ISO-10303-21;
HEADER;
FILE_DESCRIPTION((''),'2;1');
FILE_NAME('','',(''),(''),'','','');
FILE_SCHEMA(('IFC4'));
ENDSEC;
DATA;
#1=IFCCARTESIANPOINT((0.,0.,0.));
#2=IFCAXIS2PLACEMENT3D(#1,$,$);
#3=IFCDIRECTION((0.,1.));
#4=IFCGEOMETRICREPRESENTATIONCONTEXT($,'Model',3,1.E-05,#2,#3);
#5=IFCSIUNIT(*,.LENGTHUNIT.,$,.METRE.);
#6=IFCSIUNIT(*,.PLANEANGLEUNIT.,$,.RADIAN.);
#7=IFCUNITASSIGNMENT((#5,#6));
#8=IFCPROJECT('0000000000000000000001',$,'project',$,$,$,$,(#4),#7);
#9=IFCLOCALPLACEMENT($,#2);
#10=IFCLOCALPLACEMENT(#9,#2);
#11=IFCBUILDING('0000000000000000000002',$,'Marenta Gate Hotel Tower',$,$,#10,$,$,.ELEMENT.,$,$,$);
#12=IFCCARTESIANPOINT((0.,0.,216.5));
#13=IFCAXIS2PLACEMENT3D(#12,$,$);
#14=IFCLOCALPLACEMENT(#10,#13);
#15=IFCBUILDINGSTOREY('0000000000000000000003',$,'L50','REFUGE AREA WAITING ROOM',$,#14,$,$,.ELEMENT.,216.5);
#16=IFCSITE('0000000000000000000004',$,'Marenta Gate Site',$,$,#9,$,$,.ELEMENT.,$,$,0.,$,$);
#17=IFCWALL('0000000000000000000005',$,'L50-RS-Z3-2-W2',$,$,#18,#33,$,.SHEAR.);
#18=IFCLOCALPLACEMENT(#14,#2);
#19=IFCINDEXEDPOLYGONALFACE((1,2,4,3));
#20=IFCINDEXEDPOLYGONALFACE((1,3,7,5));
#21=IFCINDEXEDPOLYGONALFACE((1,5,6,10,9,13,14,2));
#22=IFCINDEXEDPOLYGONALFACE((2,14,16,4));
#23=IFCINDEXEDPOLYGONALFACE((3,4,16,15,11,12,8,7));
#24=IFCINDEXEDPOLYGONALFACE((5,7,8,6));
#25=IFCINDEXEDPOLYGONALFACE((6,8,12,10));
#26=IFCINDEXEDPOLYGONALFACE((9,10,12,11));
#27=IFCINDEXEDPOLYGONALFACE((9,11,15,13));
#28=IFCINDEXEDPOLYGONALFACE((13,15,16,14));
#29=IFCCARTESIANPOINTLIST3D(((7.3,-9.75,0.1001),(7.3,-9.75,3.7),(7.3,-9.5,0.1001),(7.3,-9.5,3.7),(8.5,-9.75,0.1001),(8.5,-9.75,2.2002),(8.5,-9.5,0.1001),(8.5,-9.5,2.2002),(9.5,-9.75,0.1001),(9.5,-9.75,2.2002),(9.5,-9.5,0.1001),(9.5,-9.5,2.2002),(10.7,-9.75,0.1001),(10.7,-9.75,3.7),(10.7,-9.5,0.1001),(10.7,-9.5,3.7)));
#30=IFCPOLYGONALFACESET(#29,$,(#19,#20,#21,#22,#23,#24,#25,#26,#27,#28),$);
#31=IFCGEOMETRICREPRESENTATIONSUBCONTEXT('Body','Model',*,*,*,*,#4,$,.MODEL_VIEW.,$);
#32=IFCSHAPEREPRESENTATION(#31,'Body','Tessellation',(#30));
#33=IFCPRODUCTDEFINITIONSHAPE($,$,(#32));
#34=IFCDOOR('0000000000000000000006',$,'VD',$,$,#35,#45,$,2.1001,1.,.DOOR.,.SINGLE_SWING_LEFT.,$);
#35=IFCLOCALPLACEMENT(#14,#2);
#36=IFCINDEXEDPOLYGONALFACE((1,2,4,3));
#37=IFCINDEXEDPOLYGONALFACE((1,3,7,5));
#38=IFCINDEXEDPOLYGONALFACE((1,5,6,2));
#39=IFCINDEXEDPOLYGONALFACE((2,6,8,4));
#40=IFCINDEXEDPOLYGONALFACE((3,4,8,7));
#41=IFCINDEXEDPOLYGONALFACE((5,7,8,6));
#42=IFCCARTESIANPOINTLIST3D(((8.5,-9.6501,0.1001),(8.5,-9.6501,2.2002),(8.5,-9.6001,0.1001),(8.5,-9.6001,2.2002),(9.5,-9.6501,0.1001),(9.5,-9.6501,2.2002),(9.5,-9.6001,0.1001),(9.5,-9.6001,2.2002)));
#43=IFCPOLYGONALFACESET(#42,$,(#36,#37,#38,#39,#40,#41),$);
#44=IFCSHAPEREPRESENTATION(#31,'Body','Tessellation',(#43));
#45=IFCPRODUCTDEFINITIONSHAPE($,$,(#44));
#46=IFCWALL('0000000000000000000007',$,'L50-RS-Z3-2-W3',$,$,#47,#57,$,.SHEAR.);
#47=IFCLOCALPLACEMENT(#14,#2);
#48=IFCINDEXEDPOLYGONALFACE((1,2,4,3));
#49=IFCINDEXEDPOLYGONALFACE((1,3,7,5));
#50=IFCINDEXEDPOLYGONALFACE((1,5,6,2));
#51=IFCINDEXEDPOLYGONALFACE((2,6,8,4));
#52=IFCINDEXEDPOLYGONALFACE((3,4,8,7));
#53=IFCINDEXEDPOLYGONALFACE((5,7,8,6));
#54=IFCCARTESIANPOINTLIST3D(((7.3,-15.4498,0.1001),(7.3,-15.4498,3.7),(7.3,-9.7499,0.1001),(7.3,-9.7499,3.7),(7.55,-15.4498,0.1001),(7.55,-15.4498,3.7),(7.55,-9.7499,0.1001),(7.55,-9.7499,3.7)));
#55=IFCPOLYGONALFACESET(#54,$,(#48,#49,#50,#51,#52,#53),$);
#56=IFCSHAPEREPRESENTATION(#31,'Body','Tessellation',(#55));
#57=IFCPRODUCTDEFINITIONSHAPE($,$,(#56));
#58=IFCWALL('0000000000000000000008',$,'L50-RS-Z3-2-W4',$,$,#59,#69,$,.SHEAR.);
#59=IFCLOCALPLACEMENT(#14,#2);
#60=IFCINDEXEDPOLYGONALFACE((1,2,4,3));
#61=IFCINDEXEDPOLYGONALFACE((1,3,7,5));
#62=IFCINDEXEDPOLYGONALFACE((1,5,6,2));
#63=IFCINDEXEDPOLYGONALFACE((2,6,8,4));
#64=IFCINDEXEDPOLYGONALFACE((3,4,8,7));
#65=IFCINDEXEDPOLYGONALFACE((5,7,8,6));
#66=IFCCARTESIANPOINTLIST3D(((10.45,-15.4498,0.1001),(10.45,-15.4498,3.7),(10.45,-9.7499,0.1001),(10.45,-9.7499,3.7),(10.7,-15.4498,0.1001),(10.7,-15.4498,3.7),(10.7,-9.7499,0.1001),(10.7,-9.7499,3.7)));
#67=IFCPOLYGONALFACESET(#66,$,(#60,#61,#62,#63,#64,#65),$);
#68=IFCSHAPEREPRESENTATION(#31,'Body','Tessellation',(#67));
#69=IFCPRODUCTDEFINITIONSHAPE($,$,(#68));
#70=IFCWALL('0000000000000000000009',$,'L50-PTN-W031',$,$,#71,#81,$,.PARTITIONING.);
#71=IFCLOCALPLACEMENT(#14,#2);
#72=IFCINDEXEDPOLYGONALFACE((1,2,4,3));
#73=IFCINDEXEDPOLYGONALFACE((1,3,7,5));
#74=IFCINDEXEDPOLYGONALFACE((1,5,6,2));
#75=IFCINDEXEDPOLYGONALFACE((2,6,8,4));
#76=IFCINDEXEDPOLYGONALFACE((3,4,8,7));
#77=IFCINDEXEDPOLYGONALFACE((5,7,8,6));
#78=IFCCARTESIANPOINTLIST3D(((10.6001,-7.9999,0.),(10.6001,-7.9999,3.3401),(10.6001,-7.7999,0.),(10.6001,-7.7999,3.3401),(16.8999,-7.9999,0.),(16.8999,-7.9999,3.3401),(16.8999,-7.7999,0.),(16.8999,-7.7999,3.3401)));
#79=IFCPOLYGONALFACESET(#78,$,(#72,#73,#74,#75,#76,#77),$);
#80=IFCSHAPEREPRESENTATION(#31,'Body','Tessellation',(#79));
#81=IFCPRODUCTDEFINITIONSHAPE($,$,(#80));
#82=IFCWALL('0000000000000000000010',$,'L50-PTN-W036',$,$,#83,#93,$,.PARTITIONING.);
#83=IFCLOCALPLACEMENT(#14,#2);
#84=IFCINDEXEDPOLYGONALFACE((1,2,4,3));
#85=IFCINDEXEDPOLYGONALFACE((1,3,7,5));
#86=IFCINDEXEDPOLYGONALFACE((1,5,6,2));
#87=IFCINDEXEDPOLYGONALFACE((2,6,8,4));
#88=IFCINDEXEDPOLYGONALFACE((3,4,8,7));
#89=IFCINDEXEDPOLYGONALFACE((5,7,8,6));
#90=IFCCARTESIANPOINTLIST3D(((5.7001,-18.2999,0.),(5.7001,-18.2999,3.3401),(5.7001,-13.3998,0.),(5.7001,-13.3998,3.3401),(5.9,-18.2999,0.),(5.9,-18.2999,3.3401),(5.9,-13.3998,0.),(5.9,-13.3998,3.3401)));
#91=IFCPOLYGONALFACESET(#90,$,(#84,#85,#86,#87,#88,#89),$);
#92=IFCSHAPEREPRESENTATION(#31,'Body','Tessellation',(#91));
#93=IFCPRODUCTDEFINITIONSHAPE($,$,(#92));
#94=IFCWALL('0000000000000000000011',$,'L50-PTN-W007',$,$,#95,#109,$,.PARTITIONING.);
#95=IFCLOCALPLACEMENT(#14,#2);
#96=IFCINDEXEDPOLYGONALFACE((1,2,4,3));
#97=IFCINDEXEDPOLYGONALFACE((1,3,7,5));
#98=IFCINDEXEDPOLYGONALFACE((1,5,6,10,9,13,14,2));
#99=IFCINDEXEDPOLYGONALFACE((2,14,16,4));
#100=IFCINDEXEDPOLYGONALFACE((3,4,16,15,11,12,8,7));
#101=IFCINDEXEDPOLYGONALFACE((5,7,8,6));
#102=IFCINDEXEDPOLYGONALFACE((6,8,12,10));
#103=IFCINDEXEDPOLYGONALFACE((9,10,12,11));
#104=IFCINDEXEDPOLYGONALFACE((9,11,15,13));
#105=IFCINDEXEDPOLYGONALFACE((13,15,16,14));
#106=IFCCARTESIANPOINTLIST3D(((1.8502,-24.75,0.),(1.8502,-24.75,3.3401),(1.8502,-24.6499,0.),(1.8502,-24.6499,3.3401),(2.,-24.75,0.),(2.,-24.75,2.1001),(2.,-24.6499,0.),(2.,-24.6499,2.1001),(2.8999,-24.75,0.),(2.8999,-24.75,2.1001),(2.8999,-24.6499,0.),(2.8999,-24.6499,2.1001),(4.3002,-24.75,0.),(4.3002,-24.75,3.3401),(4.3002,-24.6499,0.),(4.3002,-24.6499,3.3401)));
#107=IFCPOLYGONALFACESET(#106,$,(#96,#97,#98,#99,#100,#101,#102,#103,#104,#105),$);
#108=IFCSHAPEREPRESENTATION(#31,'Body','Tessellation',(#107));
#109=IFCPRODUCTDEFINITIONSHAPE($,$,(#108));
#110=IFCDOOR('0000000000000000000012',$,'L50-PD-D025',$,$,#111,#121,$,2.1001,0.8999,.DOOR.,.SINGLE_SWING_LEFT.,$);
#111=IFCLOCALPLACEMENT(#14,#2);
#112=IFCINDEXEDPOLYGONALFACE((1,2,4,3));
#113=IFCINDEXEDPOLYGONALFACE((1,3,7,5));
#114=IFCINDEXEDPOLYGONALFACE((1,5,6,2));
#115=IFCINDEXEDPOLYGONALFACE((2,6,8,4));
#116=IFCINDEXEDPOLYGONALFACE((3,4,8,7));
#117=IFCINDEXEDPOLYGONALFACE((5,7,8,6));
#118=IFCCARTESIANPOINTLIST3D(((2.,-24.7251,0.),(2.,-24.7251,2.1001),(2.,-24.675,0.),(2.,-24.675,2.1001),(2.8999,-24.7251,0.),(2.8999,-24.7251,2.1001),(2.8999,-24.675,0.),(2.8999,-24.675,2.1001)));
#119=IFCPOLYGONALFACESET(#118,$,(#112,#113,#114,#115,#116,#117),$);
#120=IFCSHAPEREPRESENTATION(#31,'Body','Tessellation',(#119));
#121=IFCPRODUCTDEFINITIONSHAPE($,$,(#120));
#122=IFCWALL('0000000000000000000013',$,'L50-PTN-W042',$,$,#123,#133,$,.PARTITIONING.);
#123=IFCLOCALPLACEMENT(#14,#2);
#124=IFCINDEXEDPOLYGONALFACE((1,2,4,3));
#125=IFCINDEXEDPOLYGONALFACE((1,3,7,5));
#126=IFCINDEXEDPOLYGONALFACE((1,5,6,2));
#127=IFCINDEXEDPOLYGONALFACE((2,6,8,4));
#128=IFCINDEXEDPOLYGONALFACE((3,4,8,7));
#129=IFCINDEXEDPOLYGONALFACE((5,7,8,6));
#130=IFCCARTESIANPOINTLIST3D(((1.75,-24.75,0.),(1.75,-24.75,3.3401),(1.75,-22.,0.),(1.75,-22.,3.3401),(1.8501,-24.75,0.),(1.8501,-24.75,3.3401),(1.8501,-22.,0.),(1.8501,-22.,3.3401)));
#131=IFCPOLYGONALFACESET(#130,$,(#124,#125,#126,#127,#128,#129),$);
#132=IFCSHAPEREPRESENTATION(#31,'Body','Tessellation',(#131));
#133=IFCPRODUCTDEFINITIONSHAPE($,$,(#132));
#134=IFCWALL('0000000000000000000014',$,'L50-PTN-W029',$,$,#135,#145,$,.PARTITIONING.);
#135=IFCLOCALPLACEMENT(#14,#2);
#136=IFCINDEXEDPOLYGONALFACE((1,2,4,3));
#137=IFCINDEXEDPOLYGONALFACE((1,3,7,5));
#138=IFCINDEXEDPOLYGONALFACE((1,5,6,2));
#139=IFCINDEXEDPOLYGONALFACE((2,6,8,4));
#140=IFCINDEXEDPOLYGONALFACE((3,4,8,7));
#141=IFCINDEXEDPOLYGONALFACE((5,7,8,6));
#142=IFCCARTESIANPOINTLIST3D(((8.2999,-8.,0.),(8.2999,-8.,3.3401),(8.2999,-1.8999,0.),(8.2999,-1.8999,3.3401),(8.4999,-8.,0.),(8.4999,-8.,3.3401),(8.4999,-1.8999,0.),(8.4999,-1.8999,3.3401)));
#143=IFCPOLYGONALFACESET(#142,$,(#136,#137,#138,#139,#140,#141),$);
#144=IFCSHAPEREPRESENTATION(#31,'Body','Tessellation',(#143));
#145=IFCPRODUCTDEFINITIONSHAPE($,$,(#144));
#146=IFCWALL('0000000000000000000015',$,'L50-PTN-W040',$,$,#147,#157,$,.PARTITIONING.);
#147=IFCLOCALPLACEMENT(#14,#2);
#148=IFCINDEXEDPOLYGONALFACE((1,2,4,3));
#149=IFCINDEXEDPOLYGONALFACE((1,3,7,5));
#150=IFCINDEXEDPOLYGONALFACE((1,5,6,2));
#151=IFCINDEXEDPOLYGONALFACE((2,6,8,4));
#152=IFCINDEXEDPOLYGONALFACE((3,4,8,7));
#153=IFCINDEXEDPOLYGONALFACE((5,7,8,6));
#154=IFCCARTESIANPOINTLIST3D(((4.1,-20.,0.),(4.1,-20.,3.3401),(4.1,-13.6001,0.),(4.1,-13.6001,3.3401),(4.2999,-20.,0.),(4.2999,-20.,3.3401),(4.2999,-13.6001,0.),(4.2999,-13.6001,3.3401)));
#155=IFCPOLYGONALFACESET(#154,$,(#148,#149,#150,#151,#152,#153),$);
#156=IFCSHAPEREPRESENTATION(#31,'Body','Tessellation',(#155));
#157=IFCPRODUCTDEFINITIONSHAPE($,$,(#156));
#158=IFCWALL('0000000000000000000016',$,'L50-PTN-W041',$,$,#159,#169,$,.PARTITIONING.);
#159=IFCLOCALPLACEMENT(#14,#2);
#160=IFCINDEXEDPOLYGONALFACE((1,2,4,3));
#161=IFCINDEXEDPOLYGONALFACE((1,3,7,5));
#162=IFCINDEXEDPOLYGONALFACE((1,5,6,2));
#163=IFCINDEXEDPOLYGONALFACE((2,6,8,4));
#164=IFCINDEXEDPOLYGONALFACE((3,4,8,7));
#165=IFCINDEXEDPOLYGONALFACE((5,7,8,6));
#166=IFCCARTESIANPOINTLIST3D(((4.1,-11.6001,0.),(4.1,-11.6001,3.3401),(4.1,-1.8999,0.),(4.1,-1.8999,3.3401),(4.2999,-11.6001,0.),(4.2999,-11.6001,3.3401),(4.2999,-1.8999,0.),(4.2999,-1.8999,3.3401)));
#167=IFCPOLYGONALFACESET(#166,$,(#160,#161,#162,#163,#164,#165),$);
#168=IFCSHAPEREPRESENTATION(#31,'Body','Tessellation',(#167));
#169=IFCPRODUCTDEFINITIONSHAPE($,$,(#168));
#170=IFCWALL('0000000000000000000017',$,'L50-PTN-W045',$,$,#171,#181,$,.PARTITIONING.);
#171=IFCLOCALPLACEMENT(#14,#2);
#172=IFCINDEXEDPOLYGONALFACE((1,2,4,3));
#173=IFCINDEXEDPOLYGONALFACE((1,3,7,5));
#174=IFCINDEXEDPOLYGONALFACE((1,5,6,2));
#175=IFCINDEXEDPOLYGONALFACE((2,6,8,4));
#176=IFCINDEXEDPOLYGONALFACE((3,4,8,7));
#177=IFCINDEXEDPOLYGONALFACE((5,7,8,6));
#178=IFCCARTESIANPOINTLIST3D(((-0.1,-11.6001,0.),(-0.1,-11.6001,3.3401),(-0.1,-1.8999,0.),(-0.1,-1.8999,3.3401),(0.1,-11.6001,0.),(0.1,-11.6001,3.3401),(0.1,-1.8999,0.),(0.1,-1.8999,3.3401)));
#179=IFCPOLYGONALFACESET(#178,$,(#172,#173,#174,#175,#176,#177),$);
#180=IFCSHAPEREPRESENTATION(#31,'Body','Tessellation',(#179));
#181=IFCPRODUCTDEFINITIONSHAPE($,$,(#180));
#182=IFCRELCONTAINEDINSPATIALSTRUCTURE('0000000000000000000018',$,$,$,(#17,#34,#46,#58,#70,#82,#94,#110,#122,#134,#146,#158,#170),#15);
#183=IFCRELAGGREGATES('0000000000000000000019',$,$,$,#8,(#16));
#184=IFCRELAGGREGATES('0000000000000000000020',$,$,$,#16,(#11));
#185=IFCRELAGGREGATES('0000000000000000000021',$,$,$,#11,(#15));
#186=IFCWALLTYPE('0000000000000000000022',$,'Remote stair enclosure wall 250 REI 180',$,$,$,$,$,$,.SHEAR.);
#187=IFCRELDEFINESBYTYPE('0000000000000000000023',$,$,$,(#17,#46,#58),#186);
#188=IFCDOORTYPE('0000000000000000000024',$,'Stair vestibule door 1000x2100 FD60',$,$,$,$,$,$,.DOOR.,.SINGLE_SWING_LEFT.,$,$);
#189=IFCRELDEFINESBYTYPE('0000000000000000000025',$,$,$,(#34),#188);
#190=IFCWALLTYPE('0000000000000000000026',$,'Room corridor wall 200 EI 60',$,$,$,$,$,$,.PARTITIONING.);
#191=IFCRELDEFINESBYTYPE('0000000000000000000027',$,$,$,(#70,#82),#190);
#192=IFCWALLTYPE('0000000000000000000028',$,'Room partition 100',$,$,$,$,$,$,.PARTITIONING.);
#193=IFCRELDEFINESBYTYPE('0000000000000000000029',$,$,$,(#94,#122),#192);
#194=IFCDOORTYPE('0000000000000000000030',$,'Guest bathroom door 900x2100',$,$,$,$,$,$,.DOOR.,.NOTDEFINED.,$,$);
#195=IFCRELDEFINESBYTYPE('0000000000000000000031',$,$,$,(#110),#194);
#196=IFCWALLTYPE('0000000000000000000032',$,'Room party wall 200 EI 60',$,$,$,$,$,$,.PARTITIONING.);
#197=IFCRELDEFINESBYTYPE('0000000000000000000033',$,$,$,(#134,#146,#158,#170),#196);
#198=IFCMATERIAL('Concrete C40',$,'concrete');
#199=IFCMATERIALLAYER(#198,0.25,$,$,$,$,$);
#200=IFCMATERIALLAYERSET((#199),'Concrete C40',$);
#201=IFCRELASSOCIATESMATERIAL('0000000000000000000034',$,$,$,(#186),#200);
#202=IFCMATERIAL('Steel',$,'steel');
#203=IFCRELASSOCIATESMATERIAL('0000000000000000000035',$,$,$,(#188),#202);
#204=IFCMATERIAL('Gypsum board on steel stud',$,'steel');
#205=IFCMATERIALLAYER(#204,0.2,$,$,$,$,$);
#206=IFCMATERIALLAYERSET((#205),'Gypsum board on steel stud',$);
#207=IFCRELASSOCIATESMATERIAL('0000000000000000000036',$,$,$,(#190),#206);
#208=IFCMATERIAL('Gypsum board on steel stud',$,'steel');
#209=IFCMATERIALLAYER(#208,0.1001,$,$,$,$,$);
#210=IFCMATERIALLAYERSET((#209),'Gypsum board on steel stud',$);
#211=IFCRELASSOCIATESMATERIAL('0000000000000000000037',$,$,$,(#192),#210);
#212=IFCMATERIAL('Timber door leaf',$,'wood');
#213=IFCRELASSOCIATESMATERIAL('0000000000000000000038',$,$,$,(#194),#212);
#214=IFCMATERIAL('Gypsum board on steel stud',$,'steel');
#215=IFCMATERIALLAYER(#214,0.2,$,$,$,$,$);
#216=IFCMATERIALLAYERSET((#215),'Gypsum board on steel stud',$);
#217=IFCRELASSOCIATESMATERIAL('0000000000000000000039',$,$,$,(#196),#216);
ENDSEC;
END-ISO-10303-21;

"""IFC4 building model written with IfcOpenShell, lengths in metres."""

from ifc_helpers import new_model, si_unit, direction, frame, frame_2d, origin, place, context, subcontext, project, spatial, rectangle, extrude, material, layer, layer_set, type_object, element, fill, save


model = new_model("IFC4")

# Units and contexts
model_context = context("Model", 3, precision=1e-05, world=origin(), true_north=direction((0.0, 1.0)))
body_context = subcontext(model_context, "Body", "Model", "MODEL_VIEW")
ifc_project = project(units=[si_unit("LENGTHUNIT", "METRE"), si_unit("PLANEANGLEUNIT", "RADIAN")], contexts=[model_context])

# Site, building, storey
site_placement = place(None, origin())
site = spatial("IfcSite", under=ifc_project, at=site_placement, Name="Marenta Gate Site", CompositionType="ELEMENT", RefElevation=0.0)
building_placement = place(site_placement, origin())
building = spatial("IfcBuilding", under=site, at=building_placement, Name="Marenta Gate Hotel Tower", CompositionType="ELEMENT")
storey_placement = place(building_placement, frame((0.0, 0.0, 216.5)))
storey = spatial("IfcBuildingStorey", under=building, at=storey_placement, Name="L50", Description="REFUGE AREA WAITING ROOM", CompositionType="ELEMENT", Elevation=216.5)

# Shared definitions
ifc_material_1 = material(Name="Concrete C40", Category="concrete")
ifc_layer_1 = layer(ifc_material_1, 0.25)
ifc_layer_set_1 = layer_set([ifc_layer_1], Name="Concrete C40")
wall_type_1 = type_object("IfcWallType", Name="Remote stair enclosure wall 250 REI 180", PredefinedType="SHEAR", material=ifc_layer_set_1)

# Wall, opening, door
wall_1_placement = place(storey_placement, frame((7.3, -9.625, 0.1001), z_axis=(0.0, 0.0, 1.0), x_axis=(1.0, 0.0, 0.0)))
wall_1 = element("IfcWall", 1, at=wall_1_placement, inside=storey, type_object=wall_type_1, Name="L50-RS-Z3-2-W2", PredefinedType="SHEAR", context=body_context, shape_type="SweptSolid", body=[
    extrude(rectangle(XDim=3.3999, YDim=0.25, at=frame_2d((1.7, 0.0))), origin(), (0.0, 0.0, 1.0), 3.5999),
])
opening_1_placement = place(wall_1_placement, frame((1.2, 0.0, 0.0)))
opening_1 = element("IfcOpeningElement", 2, at=opening_1_placement, cuts=wall_1, PredefinedType="OPENING", context=body_context, shape_type="SweptSolid", body=[
    extrude(rectangle(XDim=1.0, YDim=2.1001, at=frame_2d((0.5, 1.05))), frame((0.0, 0.125, 0.0), z_axis=(0.0, -1.0, 0.0), x_axis=(1.0, 0.0, 0.0)), (0.0, 0.0, 1.0), 0.25),
])
ifc_material_2 = material(Name="Steel", Category="steel")
door_type_1 = type_object("IfcDoorType", Name="Stair vestibule door 1000x2100 FD60", OperationType="SINGLE_SWING_LEFT", PredefinedType="DOOR", material=ifc_material_2)
door_1_placement = place(opening_1_placement, origin())
door_1 = element("IfcDoor", 3, at=door_1_placement, inside=storey, type_object=door_type_1, Name="VD", OperationType="SINGLE_SWING_LEFT", OverallHeight=2.1001, OverallWidth=1.0, PredefinedType="DOOR", context=body_context, shape_type="SweptSolid", body=[
    extrude(rectangle(XDim=1.0, YDim=2.1001, at=frame_2d((0.5, 1.05))), frame((0.0, 0.0249, 0.0), z_axis=(0.0, -1.0, 0.0), x_axis=(1.0, 0.0, 0.0)), (0.0, 0.0, 1.0), 0.05),
])
fill(opening_1, door_1)

# Walls
for number, where, z_axis, x_axis, name in (
    (4, (7.425, -15.45, 0.1001), (0.0, 0.0, 1.0), (0.0, 1.0, 0.0), "L50-RS-Z3-2-W3"),
    (5, (10.575, -15.45, 0.1001), (0.0, 0.0, 1.0), (0.0, 1.0, 0.0), "L50-RS-Z3-2-W4"),
):
    element("IfcWall", number, at=place(storey_placement, frame(where, z_axis=z_axis, x_axis=x_axis)), inside=storey, type_object=wall_type_1, Name=name, PredefinedType="SHEAR", context=body_context, shape_type="SweptSolid", body=[
        extrude(rectangle(XDim=5.7, YDim=0.25, at=frame_2d((2.8501, 0.0))), origin(), (0.0, 0.0, 1.0), 3.5999),
    ])

# Shared definitions
ifc_material_3 = material(Name="Gypsum board on steel stud", Category="steel")
ifc_layer_2 = layer(ifc_material_3, 0.2)
ifc_layer_set_2 = layer_set([ifc_layer_2], Name="Gypsum board on steel stud")
wall_type_2 = type_object("IfcWallType", Name="Room corridor wall 200 EI 60", PredefinedType="PARTITIONING", material=ifc_layer_set_2)

# Walls
wall_2_placement = place(storey_placement, frame((10.6001, -7.8999, 0.0), z_axis=(0.0, 0.0, 1.0), x_axis=(1.0, 0.0, 0.0)))
element("IfcWall", 6, at=wall_2_placement, inside=storey, type_object=wall_type_2, Name="L50-PTN-W031", PredefinedType="PARTITIONING", context=body_context, shape_type="SweptSolid", body=[
    extrude(rectangle(XDim=6.2998, YDim=0.2, at=frame_2d((3.1499, 0.0))), origin(), (0.0, 0.0, 1.0), 3.3401),
])
wall_3_placement = place(storey_placement, frame((5.8, -18.3, 0.0), z_axis=(0.0, 0.0, 1.0), x_axis=(0.0, 1.0, 0.0)))
element("IfcWall", 7, at=wall_3_placement, inside=storey, type_object=wall_type_2, Name="L50-PTN-W036", PredefinedType="PARTITIONING", context=body_context, shape_type="SweptSolid", body=[
    extrude(rectangle(XDim=4.9001, YDim=0.2, at=frame_2d((2.4502, 0.0))), origin(), (0.0, 0.0, 1.0), 3.3401),
])

# Wall, opening, door
ifc_material_4 = material(Name="Gypsum board on steel stud", Category="steel")
ifc_layer_3 = layer(ifc_material_4, 0.1001)
ifc_layer_set_3 = layer_set([ifc_layer_3], Name="Gypsum board on steel stud")
wall_type_3 = type_object("IfcWallType", Name="Room partition 100", PredefinedType="PARTITIONING", material=ifc_layer_set_3)
wall_4_placement = place(storey_placement, frame((1.8501, -24.7, 0.0), z_axis=(0.0, 0.0, 1.0), x_axis=(1.0, 0.0, 0.0)))
wall_4 = element("IfcWall", 8, at=wall_4_placement, inside=storey, type_object=wall_type_3, Name="L50-PTN-W007", PredefinedType="PARTITIONING", context=body_context, shape_type="SweptSolid", body=[
    extrude(rectangle(XDim=2.45, YDim=0.1001, at=frame_2d((1.2251, 0.0))), origin(), (0.0, 0.0, 1.0), 3.3401),
])
opening_2_placement = place(wall_4_placement, frame((0.1499, 0.0, 0.0)))
opening_2 = element("IfcOpeningElement", 9, at=opening_2_placement, cuts=wall_4, PredefinedType="OPENING", context=body_context, shape_type="SweptSolid", body=[
    extrude(rectangle(XDim=0.8999, YDim=2.1001, at=frame_2d((0.45, 1.05))), frame((0.0, 0.05, 0.0), z_axis=(0.0, -1.0, 0.0), x_axis=(1.0, 0.0, 0.0)), (0.0, 0.0, 1.0), 0.1001),
])
ifc_material_5 = material(Name="Timber door leaf", Category="wood")
door_type_2 = type_object("IfcDoorType", Name="Guest bathroom door 900x2100", OperationType="NOTDEFINED", PredefinedType="DOOR", material=ifc_material_5)
door_2_placement = place(opening_2_placement, origin())
door_2 = element("IfcDoor", 10, at=door_2_placement, inside=storey, type_object=door_type_2, Name="L50-PD-D025", OperationType="SINGLE_SWING_LEFT", OverallHeight=2.1001, OverallWidth=0.8999, PredefinedType="DOOR", context=body_context, shape_type="SweptSolid", body=[
    extrude(rectangle(XDim=0.8999, YDim=2.1001, at=frame_2d((0.45, 1.05))), frame((0.0, 0.0249, 0.0), z_axis=(0.0, -1.0, 0.0), x_axis=(1.0, 0.0, 0.0)), (0.0, 0.0, 1.0), 0.05),
])
fill(opening_2, door_2)

# Walls
wall_5_placement = place(storey_placement, frame((1.8, -24.75, 0.0), z_axis=(0.0, 0.0, 1.0), x_axis=(0.0, 1.0, 0.0)))
element("IfcWall", 11, at=wall_5_placement, inside=storey, type_object=wall_type_3, Name="L50-PTN-W042", PredefinedType="PARTITIONING", context=body_context, shape_type="SweptSolid", body=[
    extrude(rectangle(XDim=2.75, YDim=0.1001, at=frame_2d((1.375, 0.0))), origin(), (0.0, 0.0, 1.0), 3.3401),
])
ifc_material_6 = material(Name="Gypsum board on steel stud", Category="steel")
ifc_layer_4 = layer(ifc_material_6, 0.2)
ifc_layer_set_4 = layer_set([ifc_layer_4], Name="Gypsum board on steel stud")
wall_type_4 = type_object("IfcWallType", Name="Room party wall 200 EI 60", PredefinedType="PARTITIONING", material=ifc_layer_set_4)
wall_6_placement = place(storey_placement, frame((8.3999, -8.0, 0.0), z_axis=(0.0, 0.0, 1.0), x_axis=(0.0, 1.0, 0.0)))
element("IfcWall", 12, at=wall_6_placement, inside=storey, type_object=wall_type_4, Name="L50-PTN-W029", PredefinedType="PARTITIONING", context=body_context, shape_type="SweptSolid", body=[
    extrude(rectangle(XDim=6.1001, YDim=0.2, at=frame_2d((3.05, 0.0))), origin(), (0.0, 0.0, 1.0), 3.3401),
])
wall_7_placement = place(storey_placement, frame((4.2, -20.0, 0.0), z_axis=(0.0, 0.0, 1.0), x_axis=(0.0, 1.0, 0.0)))
element("IfcWall", 13, at=wall_7_placement, inside=storey, type_object=wall_type_4, Name="L50-PTN-W040", PredefinedType="PARTITIONING", context=body_context, shape_type="SweptSolid", body=[
    extrude(rectangle(XDim=6.3999, YDim=0.2, at=frame_2d((3.2, 0.0))), origin(), (0.0, 0.0, 1.0), 3.3401),
])
for number, where, z_axis, x_axis, name in (
    (14, (4.2, -11.6001, 0.0), (0.0, 0.0, 1.0), (0.0, 1.0, 0.0), "L50-PTN-W041"),
    (15, (0.0, -11.6001, 0.0), (0.0, 0.0, 1.0), (0.0, 1.0, 0.0), "L50-PTN-W045"),
):
    element("IfcWall", number, at=place(storey_placement, frame(where, z_axis=z_axis, x_axis=x_axis)), inside=storey, type_object=wall_type_4, Name=name, PredefinedType="PARTITIONING", context=body_context, shape_type="SweptSolid", body=[
        extrude(rectangle(XDim=9.7002, YDim=0.2, at=frame_2d((4.8501, 0.0))), origin(), (0.0, 0.0, 1.0), 3.3401),
    ])

save(model, "model.ifc")
